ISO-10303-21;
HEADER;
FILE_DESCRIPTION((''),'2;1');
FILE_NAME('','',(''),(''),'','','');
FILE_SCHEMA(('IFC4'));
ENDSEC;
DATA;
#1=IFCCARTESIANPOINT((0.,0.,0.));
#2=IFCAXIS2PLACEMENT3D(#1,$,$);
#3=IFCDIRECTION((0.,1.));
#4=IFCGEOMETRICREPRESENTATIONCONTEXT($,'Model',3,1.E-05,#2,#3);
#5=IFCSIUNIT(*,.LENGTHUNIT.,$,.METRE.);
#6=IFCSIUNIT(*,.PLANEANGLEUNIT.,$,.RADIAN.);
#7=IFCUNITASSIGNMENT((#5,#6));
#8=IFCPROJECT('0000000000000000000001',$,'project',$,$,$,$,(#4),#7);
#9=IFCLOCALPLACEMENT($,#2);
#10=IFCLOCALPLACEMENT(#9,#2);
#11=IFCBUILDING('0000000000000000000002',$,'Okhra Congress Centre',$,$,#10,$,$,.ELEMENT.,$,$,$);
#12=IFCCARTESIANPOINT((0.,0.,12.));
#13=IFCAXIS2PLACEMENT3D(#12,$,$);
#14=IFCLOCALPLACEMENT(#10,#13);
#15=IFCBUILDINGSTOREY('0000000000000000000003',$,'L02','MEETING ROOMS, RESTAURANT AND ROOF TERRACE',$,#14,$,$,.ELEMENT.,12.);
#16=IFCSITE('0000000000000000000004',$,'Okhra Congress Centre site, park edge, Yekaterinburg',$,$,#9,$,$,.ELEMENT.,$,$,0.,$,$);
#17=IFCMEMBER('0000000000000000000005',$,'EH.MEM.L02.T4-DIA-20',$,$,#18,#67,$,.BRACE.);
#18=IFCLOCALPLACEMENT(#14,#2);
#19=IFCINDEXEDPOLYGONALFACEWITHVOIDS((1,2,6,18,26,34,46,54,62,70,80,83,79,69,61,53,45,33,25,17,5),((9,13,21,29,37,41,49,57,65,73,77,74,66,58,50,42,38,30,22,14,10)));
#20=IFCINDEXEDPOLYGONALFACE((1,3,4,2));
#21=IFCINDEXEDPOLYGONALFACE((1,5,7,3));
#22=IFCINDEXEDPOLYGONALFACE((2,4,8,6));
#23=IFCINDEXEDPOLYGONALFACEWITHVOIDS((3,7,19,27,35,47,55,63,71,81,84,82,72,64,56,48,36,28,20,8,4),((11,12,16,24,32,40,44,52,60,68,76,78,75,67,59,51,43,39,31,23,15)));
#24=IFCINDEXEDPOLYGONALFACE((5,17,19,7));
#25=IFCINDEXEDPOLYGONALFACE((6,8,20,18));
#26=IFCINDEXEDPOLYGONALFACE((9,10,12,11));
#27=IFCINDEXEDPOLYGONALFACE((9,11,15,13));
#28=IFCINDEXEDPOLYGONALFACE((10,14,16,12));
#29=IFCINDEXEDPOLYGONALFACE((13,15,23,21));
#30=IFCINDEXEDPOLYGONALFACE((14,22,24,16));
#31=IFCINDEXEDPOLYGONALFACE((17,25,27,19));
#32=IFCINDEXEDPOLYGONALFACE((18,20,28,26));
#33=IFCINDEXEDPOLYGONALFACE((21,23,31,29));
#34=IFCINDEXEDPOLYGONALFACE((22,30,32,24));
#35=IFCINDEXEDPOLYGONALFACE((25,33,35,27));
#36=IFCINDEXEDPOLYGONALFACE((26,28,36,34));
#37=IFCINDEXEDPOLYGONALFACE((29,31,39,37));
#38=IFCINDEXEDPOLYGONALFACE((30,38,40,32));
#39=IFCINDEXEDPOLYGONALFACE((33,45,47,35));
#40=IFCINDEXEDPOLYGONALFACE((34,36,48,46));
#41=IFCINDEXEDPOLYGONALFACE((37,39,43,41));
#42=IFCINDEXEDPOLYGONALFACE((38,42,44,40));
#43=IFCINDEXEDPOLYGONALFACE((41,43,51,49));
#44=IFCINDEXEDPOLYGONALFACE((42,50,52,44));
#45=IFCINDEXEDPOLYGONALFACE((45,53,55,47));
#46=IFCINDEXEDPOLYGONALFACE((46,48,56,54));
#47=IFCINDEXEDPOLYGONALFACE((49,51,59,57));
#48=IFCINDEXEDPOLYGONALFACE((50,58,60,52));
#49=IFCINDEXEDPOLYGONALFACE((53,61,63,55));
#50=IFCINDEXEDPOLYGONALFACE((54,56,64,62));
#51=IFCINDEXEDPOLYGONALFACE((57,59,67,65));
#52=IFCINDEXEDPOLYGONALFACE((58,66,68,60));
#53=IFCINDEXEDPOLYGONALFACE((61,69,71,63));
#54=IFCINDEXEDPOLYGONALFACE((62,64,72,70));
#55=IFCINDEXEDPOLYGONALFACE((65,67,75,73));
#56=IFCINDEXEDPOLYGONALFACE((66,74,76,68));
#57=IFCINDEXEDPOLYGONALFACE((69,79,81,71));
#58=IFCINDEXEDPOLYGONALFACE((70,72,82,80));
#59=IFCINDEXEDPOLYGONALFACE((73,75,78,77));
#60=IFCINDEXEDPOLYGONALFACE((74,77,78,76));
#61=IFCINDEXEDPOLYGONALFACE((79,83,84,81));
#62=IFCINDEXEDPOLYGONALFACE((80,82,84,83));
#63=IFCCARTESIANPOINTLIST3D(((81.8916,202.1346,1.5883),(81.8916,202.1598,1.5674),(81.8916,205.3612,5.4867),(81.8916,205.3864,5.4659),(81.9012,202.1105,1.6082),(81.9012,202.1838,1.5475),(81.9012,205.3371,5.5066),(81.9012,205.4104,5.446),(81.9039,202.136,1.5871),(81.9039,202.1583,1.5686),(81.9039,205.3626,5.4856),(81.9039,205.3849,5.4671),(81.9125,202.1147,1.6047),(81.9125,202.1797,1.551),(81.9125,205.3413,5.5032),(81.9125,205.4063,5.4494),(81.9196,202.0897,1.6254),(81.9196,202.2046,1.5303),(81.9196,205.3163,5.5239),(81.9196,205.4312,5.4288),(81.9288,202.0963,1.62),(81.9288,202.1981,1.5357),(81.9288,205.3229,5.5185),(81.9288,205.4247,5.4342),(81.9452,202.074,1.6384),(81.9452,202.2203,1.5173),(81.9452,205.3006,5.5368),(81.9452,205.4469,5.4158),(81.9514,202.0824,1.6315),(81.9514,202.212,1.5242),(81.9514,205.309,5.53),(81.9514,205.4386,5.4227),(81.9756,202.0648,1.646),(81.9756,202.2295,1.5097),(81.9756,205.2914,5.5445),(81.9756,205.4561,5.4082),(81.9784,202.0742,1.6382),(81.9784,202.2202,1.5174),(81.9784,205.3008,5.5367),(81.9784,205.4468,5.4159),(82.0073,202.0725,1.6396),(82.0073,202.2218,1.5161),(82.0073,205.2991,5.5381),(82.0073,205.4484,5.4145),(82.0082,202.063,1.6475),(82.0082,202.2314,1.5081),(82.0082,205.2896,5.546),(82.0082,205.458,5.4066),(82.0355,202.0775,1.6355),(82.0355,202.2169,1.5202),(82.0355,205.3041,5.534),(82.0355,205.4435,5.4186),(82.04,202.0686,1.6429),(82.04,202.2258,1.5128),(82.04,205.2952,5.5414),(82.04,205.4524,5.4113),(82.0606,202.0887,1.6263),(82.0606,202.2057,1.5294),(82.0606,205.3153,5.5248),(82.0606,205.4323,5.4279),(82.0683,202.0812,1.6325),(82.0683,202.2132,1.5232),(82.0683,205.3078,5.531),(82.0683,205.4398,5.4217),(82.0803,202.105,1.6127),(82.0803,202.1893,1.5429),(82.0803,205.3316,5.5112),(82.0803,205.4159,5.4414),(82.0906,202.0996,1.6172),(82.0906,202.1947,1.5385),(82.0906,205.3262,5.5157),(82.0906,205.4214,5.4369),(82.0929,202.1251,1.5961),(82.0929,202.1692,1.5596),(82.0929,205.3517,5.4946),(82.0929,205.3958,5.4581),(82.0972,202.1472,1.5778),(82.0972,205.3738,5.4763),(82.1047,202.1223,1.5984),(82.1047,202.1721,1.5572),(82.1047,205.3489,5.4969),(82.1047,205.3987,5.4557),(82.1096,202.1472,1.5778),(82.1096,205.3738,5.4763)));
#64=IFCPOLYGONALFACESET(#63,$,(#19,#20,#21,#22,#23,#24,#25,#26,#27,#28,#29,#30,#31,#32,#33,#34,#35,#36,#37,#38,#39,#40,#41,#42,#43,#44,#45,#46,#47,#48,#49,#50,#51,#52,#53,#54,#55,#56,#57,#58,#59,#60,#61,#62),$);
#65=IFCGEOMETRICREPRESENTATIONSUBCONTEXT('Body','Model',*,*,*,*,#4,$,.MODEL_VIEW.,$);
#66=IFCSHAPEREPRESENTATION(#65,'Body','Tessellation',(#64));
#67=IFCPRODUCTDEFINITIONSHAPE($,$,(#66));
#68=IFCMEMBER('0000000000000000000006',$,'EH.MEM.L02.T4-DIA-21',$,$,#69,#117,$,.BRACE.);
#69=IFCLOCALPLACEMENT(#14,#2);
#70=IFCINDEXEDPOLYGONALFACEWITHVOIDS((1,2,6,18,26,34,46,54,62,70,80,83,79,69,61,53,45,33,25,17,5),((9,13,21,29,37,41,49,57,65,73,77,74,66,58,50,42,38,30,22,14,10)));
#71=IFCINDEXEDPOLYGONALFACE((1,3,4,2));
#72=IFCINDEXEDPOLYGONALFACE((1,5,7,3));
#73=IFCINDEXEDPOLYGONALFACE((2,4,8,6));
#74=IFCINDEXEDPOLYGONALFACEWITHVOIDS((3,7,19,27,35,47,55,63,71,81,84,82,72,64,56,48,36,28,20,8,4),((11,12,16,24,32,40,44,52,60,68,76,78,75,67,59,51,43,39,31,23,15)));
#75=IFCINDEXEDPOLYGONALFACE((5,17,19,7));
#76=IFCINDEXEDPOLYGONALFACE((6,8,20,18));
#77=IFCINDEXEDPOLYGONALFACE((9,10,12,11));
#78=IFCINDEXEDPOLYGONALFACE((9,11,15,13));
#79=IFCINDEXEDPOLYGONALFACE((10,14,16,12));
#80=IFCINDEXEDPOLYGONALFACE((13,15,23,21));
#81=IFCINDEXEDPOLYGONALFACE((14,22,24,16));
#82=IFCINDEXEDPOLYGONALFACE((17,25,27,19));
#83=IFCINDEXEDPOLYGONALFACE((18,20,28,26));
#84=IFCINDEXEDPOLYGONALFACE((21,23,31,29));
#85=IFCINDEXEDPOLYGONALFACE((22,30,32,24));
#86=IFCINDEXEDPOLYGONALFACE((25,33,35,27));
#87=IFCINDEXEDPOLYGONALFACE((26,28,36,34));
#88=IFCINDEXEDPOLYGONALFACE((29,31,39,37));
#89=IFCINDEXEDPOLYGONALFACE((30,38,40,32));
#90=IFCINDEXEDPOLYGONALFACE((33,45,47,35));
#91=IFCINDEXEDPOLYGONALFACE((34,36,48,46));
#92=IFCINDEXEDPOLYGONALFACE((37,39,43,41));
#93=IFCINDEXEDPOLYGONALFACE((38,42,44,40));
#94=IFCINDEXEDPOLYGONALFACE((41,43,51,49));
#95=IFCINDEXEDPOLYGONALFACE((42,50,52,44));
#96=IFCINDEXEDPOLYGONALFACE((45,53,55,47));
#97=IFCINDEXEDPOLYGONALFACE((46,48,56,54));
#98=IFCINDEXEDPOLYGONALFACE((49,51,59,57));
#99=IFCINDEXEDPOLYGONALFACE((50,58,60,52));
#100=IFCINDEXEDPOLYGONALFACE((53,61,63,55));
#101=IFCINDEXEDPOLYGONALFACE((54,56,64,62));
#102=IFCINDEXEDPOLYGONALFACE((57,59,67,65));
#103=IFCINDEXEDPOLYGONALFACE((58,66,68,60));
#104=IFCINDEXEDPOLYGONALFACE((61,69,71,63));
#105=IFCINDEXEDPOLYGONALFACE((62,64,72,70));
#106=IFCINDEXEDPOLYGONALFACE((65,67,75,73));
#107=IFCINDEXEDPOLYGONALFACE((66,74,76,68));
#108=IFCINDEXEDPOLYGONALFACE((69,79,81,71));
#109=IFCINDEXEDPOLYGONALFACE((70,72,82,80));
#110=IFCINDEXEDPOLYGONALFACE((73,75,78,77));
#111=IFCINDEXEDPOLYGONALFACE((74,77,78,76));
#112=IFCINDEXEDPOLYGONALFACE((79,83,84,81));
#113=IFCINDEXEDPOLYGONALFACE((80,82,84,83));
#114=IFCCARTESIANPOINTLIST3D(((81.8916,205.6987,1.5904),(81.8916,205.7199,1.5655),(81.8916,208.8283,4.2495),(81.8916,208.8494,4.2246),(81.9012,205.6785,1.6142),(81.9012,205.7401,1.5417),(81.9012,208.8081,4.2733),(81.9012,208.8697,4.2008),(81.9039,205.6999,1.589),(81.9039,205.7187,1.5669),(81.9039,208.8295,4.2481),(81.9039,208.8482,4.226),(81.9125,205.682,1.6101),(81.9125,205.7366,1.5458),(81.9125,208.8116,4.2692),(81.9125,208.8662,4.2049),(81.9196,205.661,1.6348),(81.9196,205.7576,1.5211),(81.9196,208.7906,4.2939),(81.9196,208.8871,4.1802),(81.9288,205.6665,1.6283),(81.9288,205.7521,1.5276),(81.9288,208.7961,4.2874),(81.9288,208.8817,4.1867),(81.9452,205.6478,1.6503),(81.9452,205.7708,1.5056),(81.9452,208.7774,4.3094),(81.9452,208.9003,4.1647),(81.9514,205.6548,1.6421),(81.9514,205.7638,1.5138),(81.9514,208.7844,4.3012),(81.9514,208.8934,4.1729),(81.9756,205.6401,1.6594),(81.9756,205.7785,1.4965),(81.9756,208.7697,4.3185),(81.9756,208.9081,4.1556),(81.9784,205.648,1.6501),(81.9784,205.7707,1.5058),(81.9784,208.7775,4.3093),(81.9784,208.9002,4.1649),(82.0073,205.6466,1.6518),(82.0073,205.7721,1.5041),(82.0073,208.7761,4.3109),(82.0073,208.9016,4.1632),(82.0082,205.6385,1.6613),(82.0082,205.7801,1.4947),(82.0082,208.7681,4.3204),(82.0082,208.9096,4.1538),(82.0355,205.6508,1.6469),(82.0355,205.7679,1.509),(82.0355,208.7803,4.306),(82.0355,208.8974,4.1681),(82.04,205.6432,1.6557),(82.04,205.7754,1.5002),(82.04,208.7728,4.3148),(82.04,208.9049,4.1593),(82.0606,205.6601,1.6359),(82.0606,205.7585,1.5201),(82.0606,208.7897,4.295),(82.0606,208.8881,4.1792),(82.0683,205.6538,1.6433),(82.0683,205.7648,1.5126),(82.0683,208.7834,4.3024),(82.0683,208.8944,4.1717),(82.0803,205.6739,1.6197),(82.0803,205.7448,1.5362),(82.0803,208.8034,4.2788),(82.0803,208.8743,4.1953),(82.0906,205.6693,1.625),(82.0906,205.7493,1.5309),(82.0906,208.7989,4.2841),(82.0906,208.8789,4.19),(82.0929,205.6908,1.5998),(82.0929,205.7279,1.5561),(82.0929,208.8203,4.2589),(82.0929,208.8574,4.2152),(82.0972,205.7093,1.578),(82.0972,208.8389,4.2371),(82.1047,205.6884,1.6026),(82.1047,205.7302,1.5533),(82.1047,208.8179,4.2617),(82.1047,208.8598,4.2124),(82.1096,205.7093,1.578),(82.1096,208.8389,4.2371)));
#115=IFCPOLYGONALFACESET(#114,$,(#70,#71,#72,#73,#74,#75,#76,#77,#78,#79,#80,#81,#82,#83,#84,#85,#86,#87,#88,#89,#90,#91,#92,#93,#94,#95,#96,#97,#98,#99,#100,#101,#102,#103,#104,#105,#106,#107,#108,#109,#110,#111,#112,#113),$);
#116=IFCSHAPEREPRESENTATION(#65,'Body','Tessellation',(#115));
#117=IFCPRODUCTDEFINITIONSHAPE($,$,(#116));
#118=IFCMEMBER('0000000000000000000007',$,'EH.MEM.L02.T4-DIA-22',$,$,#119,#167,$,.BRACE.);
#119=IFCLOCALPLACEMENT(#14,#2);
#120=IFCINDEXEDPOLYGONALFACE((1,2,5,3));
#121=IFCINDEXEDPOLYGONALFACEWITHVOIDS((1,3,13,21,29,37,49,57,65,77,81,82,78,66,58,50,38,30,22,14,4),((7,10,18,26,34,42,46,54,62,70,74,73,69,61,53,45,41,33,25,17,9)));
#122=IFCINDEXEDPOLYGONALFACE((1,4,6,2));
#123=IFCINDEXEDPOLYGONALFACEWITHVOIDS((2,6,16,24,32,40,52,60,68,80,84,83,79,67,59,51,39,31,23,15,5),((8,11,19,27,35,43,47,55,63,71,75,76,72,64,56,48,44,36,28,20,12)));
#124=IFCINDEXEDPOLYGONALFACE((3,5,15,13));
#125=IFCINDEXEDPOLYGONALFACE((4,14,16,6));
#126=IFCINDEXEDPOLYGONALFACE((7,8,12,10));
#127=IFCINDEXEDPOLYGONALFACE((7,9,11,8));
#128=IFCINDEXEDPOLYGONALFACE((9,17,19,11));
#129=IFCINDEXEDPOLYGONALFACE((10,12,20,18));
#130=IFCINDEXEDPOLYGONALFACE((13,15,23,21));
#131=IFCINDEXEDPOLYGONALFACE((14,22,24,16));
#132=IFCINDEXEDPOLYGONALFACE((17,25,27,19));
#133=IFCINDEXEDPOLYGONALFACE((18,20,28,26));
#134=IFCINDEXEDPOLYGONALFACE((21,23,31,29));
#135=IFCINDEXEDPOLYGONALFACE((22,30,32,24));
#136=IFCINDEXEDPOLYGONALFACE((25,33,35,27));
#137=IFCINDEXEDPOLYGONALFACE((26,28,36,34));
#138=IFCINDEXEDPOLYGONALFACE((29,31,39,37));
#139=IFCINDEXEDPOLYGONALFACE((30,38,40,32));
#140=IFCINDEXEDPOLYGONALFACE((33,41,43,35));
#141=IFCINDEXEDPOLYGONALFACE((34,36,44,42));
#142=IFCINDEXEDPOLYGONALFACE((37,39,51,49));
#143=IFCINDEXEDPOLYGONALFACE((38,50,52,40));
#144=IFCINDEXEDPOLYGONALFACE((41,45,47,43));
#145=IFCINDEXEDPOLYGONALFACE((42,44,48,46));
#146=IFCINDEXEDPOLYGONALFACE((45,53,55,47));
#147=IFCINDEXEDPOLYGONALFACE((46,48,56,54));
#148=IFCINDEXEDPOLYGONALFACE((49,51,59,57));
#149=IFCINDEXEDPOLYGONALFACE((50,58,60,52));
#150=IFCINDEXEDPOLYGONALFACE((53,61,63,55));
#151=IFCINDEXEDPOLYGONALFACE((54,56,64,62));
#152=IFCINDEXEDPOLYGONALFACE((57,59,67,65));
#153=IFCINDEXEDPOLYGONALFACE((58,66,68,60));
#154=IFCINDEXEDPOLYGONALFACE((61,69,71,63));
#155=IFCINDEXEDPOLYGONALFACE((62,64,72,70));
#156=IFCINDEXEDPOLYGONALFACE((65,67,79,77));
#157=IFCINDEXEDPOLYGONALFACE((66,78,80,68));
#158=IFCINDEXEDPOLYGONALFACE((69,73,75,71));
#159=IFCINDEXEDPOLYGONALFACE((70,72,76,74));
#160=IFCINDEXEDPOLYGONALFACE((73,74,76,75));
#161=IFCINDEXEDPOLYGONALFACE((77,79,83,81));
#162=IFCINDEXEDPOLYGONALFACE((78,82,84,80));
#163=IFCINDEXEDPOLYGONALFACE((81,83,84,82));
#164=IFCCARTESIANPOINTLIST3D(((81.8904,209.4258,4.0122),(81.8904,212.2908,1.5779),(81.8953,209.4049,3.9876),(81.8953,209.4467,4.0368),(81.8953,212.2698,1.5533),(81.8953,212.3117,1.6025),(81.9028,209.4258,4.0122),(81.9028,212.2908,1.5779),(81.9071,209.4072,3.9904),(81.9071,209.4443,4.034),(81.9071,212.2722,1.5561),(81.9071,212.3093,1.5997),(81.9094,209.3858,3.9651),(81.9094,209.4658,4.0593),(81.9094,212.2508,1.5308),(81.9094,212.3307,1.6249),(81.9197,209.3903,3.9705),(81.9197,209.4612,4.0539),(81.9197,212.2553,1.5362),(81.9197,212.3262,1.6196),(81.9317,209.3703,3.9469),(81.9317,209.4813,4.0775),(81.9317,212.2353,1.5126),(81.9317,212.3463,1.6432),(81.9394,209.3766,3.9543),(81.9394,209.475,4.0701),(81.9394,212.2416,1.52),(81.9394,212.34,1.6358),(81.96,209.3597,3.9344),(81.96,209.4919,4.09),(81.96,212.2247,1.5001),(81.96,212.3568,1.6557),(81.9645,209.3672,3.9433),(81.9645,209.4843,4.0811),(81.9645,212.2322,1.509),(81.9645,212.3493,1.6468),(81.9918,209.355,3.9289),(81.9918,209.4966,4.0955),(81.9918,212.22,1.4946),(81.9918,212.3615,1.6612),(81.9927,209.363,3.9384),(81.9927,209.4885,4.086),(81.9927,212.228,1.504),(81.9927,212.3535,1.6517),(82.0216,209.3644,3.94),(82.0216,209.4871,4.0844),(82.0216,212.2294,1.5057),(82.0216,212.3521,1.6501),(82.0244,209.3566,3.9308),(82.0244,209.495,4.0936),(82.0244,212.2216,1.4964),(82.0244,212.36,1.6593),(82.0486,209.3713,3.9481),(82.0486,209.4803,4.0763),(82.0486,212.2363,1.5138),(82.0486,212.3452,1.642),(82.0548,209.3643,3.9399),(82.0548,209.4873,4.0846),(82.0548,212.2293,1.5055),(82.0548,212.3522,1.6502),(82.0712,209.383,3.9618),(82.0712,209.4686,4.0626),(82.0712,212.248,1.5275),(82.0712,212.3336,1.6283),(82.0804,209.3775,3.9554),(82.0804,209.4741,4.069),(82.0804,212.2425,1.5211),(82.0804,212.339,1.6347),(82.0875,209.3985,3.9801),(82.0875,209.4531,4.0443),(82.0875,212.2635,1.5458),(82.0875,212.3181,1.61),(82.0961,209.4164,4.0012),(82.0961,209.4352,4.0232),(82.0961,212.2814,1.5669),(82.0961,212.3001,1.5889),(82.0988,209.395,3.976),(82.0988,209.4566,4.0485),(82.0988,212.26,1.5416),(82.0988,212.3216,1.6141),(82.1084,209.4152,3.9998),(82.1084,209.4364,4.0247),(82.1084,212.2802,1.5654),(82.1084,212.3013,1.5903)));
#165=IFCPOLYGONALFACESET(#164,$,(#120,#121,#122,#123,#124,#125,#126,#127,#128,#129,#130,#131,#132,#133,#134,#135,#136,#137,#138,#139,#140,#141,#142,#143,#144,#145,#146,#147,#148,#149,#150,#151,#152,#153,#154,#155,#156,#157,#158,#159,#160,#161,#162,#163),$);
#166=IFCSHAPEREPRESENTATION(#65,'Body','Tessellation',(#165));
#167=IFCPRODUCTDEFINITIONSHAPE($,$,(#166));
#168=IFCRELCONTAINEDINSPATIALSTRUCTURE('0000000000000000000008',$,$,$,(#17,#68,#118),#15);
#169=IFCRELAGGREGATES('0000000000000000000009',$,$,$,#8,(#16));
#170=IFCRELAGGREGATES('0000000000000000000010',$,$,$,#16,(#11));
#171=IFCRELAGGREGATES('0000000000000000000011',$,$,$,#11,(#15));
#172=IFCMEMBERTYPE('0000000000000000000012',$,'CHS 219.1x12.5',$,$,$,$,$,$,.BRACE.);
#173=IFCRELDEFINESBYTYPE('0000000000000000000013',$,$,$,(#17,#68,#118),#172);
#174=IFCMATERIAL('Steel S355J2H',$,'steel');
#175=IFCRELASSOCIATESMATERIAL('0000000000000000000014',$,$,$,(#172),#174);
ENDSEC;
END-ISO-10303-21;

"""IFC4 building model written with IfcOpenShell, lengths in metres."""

from ifc_helpers import new_model, si_unit, direction, frame, origin, origin_2d, place, context, subcontext, project, spatial, hollow_circle, extrude, material, material_profile, profile_set, type_object, element, save


model = new_model("IFC4")

# Units and contexts
model_context = context("Model", 3, precision=1e-05, world=origin(), true_north=direction((0.0, 1.0)))
body_context = subcontext(model_context, "Body", "Model", "MODEL_VIEW")
ifc_project = project(units=[si_unit("LENGTHUNIT", "METRE"), si_unit("PLANEANGLEUNIT", "RADIAN")], contexts=[model_context])

# Site, building, storey
site_placement = place(None, origin())
site = spatial("IfcSite", under=ifc_project, at=site_placement, Name="Okhra Congress Centre site, park edge, Yekaterinburg", CompositionType="ELEMENT", RefElevation=0.0)
building_placement = place(site_placement, origin())
building = spatial("IfcBuilding", under=site, at=building_placement, Name="Okhra Congress Centre", CompositionType="ELEMENT")
storey_placement = place(building_placement, frame((0.0, 0.0, 12.0)))
storey = spatial("IfcBuildingStorey", under=building, at=storey_placement, Name="L02", Description="MEETING ROOMS, RESTAURANT AND ROOF TERRACE", CompositionType="ELEMENT", Elevation=12.0)

# Members
ifc_material_1 = material(Name="Steel S355J2H", Category="steel")
ifc_material_profile_1 = material_profile(ifc_material_1, hollow_circle(Radius=0.1096, WallThickness=0.0125, at=origin_2d()), Name="CHS 219.1x12.5")
ifc_profile_set_1 = profile_set([ifc_material_profile_1], Name="Steel S355J2H")
member_type_1 = type_object("IfcMemberType", Name="CHS 219.1x12.5", PredefinedType="BRACE", material=ifc_profile_set_1)
member_1_placement = place(storey_placement, frame((82.0, 205.3738, 5.4763), z_axis=(0.0, -0.637599, -0.770368), x_axis=(1.0, 0.0, 0.0)))
element("IfcMember", 1, at=member_1_placement, inside=storey, type_object=member_type_1, Name="EH.MEM.L02.T4-DIA-20", PredefinedType="BRACE", context=body_context, shape_type="SweptSolid", body=[
    extrude(hollow_circle(Radius=0.1096, WallThickness=0.0125, at=origin_2d()), origin(), (0.0, 0.0, 1.0), 5.0605),
])
member_2_placement = place(storey_placement, frame((82.0, 208.8389, 4.2371), z_axis=(0.0, -0.762061, -0.647505), x_axis=(1.0, 0.0, 0.0)))
element("IfcMember", 2, at=member_2_placement, inside=storey, type_object=member_type_1, Name="EH.MEM.L02.T4-DIA-21", PredefinedType="BRACE", context=body_context, shape_type="SweptSolid", body=[
    extrude(hollow_circle(Radius=0.1096, WallThickness=0.0125, at=origin_2d()), origin(), (0.0, 0.0, 1.0), 4.1067),
])
member_3_placement = place(storey_placement, frame((82.0, 209.4258, 4.0122), z_axis=(0.0, 0.762059, -0.647507), x_axis=(-1.0, 0.0, 0.0)))
element("IfcMember", 3, at=member_3_placement, inside=storey, type_object=member_type_1, Name="EH.MEM.L02.T4-DIA-22", PredefinedType="BRACE", context=body_context, shape_type="SweptSolid", body=[
    extrude(hollow_circle(Radius=0.1096, WallThickness=0.0125, at=origin_2d()), origin(), (0.0, 0.0, 1.0), 3.7595),
])

save(model, "model.ifc")
